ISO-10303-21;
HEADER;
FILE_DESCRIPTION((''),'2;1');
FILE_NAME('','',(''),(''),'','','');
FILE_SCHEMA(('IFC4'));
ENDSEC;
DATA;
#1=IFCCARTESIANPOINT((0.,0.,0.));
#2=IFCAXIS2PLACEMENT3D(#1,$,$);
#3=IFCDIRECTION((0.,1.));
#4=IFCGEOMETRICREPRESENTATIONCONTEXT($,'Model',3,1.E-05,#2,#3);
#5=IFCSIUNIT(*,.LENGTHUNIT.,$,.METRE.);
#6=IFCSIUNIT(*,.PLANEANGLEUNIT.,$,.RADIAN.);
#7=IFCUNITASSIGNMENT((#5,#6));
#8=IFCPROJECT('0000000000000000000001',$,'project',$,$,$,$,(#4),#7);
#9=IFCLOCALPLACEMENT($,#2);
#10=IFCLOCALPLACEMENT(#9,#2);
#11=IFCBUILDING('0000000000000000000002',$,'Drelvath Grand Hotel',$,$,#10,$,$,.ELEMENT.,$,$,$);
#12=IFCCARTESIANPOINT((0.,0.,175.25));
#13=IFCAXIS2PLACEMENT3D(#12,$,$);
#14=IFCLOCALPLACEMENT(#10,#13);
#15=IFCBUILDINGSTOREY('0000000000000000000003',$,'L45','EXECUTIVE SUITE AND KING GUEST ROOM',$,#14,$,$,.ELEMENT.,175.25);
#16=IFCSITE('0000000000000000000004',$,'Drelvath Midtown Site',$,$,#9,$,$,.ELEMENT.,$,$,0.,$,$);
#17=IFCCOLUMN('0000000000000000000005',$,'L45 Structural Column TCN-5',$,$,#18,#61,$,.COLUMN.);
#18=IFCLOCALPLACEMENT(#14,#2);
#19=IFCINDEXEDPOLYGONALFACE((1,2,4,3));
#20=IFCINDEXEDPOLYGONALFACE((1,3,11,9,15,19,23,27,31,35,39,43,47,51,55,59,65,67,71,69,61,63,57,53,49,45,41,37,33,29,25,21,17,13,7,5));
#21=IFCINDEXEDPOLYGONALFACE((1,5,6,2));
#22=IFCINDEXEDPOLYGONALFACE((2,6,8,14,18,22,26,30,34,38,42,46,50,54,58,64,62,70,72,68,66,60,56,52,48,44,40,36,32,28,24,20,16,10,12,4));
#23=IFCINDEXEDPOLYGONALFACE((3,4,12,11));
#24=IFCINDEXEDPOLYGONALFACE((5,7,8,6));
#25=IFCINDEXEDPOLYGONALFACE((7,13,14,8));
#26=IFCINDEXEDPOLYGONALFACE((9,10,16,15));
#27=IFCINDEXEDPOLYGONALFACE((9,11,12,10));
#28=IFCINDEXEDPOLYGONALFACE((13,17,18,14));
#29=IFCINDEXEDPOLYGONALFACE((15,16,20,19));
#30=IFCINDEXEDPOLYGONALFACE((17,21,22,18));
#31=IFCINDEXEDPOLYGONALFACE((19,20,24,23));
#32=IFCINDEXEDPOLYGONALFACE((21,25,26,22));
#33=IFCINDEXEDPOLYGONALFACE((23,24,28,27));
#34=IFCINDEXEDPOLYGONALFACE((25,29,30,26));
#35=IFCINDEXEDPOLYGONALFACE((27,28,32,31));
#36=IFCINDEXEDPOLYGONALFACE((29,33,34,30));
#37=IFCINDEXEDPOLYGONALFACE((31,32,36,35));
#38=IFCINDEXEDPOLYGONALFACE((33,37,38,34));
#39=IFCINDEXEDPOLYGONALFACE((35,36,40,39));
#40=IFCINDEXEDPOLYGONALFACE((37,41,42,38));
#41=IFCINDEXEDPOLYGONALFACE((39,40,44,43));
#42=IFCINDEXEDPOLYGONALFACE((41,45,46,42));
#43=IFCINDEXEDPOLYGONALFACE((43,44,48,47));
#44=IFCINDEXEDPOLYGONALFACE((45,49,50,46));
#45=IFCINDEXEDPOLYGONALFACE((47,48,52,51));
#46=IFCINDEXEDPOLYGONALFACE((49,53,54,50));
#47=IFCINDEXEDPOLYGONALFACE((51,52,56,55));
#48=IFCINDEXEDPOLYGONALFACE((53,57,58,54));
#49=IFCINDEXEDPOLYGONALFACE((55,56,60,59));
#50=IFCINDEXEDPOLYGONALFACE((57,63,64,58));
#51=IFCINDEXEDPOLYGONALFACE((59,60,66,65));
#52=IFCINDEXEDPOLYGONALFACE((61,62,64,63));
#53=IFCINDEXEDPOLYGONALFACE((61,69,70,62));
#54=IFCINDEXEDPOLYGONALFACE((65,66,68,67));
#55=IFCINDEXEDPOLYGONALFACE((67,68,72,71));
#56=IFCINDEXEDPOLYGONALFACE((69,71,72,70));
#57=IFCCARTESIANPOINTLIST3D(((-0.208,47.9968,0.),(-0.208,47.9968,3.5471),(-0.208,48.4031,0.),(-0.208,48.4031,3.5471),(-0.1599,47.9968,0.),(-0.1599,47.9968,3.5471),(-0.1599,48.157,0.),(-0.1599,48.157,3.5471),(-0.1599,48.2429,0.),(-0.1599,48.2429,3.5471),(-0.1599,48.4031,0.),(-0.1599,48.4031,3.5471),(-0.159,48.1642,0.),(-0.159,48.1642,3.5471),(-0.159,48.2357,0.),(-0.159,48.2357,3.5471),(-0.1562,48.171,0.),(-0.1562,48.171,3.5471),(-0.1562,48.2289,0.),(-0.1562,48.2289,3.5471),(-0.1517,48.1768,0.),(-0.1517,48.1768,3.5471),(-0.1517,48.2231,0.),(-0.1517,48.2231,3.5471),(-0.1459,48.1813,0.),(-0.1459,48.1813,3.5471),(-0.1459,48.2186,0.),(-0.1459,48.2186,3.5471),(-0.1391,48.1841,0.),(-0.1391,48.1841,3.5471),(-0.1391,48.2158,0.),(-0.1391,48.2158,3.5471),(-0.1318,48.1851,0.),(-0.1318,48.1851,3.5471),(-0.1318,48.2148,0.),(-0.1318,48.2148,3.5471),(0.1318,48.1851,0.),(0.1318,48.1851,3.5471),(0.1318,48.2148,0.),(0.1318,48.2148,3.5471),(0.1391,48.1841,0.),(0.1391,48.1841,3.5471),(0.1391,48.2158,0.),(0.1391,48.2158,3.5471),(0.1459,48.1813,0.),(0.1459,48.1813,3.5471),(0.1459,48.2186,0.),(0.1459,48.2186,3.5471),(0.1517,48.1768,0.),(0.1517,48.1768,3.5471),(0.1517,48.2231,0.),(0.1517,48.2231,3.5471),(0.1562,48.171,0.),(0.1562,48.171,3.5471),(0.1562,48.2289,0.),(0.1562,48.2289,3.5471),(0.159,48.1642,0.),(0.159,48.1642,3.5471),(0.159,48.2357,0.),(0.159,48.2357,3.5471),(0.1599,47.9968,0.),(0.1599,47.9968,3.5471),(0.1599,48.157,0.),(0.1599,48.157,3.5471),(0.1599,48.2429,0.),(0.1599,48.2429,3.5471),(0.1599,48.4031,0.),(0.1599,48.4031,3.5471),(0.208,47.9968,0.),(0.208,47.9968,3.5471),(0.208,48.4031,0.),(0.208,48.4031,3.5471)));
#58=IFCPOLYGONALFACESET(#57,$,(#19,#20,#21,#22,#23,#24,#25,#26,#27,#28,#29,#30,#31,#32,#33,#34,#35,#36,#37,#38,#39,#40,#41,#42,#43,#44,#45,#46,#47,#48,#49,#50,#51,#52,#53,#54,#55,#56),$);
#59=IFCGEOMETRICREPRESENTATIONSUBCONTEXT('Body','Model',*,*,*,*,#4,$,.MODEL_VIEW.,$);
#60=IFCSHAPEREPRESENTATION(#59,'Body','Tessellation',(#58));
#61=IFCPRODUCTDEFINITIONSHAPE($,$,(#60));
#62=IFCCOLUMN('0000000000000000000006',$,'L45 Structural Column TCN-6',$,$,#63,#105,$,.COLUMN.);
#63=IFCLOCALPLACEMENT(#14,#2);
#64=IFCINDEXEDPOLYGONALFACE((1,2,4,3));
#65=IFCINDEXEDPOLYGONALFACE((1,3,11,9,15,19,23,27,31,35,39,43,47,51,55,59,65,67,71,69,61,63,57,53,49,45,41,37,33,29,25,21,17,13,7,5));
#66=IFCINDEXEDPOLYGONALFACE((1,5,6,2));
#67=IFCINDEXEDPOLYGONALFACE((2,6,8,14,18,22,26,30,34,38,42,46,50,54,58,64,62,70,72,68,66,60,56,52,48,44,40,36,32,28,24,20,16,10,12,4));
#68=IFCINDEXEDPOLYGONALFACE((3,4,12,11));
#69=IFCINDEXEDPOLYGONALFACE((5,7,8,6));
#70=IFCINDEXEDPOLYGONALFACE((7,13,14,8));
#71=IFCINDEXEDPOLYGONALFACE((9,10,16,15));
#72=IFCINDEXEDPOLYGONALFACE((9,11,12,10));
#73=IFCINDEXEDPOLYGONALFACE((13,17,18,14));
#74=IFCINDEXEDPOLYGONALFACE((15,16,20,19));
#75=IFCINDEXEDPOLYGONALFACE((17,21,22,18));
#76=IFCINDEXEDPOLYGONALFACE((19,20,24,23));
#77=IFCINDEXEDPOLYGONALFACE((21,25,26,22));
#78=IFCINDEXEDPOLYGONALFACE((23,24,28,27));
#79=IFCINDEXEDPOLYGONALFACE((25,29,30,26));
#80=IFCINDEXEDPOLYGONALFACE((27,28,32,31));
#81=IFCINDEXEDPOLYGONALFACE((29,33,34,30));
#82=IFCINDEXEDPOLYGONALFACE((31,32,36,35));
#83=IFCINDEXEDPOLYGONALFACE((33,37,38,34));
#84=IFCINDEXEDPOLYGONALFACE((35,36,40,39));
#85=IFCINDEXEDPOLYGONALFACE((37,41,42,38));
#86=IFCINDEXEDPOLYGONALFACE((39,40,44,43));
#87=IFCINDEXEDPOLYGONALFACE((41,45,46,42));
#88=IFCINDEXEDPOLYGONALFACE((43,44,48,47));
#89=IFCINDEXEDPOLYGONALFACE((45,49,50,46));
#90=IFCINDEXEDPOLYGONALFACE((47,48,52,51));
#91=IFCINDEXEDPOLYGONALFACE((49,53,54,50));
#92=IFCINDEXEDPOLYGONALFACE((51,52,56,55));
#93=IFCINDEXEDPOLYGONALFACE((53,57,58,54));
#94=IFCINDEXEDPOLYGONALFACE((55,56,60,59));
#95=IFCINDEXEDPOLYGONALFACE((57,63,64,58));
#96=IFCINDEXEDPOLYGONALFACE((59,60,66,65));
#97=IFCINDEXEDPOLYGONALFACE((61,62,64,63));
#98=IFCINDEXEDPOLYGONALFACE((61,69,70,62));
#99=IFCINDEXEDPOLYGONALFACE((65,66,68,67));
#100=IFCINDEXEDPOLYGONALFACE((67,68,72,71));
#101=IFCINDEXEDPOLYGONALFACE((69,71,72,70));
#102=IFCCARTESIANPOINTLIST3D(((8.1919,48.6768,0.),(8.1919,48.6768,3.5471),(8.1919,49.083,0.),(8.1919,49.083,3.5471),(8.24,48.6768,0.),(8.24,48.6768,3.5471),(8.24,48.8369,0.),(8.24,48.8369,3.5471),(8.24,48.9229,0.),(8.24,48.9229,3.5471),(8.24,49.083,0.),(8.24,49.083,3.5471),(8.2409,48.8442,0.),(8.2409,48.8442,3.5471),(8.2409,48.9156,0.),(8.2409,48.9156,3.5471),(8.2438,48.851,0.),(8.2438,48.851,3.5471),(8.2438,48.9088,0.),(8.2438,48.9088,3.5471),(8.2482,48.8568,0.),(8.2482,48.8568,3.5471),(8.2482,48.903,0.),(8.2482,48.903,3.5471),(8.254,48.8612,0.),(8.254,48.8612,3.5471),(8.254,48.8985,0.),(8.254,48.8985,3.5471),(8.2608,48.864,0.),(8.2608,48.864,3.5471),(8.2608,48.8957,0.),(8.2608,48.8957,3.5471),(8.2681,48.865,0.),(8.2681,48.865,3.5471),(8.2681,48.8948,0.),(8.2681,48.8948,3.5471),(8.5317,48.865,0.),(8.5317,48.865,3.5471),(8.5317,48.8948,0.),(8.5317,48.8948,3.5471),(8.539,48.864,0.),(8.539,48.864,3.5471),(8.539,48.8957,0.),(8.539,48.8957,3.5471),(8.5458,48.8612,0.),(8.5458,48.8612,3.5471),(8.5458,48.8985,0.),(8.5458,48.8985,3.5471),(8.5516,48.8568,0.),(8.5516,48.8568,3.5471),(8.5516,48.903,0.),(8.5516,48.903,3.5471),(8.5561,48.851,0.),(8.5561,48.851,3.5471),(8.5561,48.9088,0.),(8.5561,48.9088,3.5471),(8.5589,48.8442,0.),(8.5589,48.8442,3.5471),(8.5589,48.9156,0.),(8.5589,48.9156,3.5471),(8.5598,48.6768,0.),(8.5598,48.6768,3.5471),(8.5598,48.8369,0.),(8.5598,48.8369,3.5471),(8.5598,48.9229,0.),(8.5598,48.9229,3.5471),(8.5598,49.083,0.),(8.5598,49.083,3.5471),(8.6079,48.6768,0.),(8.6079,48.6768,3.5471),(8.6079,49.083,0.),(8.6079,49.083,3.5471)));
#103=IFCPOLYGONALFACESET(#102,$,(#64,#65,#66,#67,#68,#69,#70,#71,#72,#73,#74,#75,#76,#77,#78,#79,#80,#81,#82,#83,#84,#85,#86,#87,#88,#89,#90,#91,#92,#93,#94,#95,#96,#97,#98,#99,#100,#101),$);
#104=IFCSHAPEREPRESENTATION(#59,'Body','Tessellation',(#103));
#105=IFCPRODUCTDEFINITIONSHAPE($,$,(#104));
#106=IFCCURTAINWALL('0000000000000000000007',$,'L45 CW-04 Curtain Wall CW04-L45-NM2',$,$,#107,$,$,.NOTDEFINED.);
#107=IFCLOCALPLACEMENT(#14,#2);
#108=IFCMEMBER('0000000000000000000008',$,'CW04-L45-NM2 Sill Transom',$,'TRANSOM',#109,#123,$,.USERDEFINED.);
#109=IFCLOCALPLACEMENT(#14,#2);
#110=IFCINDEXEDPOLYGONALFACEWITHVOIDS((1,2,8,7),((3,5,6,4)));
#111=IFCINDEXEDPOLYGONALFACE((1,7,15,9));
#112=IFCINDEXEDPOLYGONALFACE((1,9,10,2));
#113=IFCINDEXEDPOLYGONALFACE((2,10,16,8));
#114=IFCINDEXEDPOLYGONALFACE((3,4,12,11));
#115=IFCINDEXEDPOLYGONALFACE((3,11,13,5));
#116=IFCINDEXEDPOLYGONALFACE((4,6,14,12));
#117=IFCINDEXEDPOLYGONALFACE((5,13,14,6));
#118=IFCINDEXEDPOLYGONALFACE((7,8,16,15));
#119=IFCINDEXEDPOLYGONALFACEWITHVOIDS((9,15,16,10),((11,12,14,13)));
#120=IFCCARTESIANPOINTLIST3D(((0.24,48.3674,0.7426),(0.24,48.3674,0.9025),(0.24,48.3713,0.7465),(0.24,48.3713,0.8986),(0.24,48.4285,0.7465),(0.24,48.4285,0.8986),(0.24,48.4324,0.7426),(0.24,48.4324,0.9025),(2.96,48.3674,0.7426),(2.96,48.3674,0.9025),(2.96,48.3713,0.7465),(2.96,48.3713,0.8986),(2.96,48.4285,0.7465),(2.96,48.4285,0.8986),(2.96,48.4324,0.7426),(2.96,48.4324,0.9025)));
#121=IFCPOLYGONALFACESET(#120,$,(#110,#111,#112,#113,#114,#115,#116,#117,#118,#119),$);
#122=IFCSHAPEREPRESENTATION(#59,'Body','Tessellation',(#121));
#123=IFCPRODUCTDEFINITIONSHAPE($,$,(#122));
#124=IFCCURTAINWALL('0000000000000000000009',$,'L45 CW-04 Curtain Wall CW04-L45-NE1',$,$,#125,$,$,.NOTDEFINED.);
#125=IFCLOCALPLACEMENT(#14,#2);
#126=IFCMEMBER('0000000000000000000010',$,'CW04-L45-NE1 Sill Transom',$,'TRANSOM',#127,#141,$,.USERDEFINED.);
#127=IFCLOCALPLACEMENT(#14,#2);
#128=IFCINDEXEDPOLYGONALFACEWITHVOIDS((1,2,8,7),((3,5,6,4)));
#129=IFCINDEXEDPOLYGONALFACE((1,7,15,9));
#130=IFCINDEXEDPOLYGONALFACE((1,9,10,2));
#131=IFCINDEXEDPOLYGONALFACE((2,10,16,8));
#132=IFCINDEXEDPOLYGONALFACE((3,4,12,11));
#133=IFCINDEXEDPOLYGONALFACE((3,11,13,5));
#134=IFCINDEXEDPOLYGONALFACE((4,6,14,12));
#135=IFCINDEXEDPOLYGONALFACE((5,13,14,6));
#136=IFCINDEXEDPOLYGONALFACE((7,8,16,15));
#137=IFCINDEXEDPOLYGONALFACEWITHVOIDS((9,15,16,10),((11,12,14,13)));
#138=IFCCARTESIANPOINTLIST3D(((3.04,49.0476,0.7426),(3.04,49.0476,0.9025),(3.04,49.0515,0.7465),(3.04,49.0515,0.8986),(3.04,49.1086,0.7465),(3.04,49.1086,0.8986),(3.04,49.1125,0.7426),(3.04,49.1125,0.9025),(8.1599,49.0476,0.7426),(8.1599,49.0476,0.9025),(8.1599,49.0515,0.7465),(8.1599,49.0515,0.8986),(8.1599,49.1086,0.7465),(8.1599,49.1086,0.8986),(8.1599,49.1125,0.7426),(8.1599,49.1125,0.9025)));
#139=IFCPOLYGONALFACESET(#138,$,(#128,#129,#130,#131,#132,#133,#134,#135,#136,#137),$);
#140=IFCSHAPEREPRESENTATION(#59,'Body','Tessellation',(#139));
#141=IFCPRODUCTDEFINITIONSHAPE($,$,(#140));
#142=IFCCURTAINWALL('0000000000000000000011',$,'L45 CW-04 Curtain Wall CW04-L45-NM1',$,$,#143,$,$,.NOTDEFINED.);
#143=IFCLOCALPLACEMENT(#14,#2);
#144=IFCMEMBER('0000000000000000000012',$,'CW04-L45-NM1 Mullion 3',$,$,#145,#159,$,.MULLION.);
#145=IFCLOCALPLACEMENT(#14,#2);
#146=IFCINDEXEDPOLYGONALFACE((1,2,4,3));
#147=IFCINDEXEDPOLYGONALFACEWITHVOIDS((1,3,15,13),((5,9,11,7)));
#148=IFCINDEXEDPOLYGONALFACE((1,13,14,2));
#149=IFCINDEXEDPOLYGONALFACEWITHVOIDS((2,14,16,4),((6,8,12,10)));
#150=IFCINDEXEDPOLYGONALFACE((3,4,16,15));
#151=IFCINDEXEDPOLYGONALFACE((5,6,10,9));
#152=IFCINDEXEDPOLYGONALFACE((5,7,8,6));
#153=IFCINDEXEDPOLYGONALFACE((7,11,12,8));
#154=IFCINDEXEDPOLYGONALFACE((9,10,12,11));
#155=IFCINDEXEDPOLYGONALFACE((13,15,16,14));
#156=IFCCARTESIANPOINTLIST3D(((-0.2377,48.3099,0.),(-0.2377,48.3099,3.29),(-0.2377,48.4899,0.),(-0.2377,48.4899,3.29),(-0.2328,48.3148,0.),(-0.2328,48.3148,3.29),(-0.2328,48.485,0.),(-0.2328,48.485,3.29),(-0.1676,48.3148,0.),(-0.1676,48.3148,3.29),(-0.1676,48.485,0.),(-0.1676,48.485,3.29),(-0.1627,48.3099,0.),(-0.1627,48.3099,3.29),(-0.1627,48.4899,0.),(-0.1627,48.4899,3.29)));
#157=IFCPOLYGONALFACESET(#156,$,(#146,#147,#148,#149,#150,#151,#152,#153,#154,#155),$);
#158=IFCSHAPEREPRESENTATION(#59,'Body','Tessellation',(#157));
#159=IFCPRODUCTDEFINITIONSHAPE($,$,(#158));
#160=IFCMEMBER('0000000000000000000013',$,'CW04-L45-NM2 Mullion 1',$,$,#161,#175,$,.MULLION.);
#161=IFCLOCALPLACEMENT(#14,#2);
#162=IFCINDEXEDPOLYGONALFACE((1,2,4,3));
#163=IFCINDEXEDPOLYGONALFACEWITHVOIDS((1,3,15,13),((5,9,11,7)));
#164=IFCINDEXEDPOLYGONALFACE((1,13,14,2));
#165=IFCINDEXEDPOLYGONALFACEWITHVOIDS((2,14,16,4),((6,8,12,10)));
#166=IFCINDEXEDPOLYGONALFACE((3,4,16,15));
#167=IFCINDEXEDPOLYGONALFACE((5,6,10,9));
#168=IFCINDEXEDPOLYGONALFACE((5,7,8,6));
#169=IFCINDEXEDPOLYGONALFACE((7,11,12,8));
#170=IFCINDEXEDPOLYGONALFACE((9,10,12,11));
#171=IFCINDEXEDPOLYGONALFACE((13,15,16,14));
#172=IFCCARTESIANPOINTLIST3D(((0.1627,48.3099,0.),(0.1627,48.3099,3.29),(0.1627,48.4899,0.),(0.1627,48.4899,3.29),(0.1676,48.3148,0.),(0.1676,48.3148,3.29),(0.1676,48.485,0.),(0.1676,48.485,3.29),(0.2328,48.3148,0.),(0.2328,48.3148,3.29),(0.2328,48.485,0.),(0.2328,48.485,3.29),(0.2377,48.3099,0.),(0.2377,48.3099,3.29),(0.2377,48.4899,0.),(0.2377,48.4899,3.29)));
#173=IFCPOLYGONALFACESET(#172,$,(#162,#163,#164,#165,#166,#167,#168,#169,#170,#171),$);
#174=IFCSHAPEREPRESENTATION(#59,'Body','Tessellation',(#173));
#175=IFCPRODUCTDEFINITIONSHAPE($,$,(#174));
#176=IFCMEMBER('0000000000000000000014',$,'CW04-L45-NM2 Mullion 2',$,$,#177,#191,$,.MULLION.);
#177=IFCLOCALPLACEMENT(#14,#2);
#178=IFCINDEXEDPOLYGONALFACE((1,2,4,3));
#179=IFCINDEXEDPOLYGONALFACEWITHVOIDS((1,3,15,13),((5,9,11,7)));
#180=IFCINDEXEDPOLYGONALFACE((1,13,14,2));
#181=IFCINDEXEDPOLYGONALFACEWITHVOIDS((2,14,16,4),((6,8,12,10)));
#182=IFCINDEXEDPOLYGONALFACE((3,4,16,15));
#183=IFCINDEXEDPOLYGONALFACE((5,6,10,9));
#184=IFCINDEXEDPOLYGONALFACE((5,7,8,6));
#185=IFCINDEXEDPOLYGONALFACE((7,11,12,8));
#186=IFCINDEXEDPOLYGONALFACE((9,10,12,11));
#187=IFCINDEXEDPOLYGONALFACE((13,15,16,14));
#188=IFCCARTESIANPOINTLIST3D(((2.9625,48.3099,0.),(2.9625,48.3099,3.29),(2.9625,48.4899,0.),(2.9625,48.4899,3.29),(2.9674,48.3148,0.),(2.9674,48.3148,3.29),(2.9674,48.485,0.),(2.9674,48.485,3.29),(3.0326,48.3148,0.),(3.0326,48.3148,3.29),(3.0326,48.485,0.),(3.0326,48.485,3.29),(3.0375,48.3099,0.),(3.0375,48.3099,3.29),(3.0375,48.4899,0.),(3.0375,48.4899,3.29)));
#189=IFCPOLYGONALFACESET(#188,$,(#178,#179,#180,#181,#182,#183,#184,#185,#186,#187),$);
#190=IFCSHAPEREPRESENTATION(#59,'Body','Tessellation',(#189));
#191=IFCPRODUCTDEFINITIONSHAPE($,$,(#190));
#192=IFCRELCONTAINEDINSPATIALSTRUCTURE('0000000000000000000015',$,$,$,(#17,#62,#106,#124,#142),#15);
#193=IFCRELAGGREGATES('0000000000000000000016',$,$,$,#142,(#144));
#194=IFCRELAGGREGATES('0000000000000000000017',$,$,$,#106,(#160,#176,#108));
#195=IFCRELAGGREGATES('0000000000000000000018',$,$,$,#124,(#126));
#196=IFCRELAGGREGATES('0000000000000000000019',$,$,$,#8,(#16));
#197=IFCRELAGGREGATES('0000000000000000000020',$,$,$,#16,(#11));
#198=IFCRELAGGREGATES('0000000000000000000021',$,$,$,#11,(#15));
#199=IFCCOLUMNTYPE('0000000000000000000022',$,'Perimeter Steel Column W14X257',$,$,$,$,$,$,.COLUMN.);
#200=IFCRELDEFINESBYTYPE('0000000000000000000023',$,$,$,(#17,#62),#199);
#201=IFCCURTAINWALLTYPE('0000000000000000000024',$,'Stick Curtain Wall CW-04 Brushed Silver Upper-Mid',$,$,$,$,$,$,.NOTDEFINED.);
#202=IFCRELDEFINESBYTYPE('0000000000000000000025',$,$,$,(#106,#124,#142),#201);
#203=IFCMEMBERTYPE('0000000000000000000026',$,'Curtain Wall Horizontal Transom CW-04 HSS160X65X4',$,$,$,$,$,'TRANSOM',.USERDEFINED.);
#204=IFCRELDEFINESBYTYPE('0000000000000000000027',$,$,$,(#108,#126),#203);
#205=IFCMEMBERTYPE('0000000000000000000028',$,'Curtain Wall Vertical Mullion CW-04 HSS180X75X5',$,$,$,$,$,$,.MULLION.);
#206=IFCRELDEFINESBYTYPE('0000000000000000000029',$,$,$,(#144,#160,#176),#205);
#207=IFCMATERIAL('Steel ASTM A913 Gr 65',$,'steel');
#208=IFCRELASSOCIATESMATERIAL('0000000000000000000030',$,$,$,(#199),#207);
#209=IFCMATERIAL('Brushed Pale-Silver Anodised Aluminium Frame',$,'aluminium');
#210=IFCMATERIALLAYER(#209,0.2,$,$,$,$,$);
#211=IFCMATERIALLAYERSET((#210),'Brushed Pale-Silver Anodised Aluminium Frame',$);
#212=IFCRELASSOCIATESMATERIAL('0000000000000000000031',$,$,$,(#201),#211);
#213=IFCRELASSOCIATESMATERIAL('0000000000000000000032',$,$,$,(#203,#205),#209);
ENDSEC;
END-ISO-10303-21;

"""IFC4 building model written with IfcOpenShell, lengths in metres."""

from ifc_helpers import new_model, si_unit, direction, frame, origin, origin_2d, place, context, subcontext, project, spatial, hollow_rectangle, i_section, extrude, material, layer, layer_set, material_profile, profile_set, type_object, element, aggregate, save


model = new_model("IFC4")

# Units and contexts
model_context = context("Model", 3, precision=1e-05, world=origin(), true_north=direction((0.0, 1.0)))
body_context = subcontext(model_context, "Body", "Model", "MODEL_VIEW")
ifc_project = project(units=[si_unit("LENGTHUNIT", "METRE"), si_unit("PLANEANGLEUNIT", "RADIAN")], contexts=[model_context])

# Site, building, storey
site_placement = place(None, origin())
site = spatial("IfcSite", under=ifc_project, at=site_placement, Name="Drelvath Midtown Site", CompositionType="ELEMENT", RefElevation=0.0)
building_placement = place(site_placement, origin())
building = spatial("IfcBuilding", under=site, at=building_placement, Name="Drelvath Grand Hotel", CompositionType="ELEMENT")
storey_placement = place(building_placement, frame((0.0, 0.0, 175.25)))
storey = spatial("IfcBuildingStorey", under=building, at=storey_placement, Name="L45", Description="EXECUTIVE SUITE AND KING GUEST ROOM", CompositionType="ELEMENT", Elevation=175.25)

# Columns
ifc_material_1 = material(Name="Steel ASTM A913 Gr 65", Category="steel")
ifc_material_profile_1 = material_profile(ifc_material_1, i_section(OverallWidth=0.4062, OverallDepth=0.416, WebThickness=0.0298, FlangeThickness=0.0481, FilletRadius=0.0281, at=origin_2d()), Name="W14X257")
ifc_profile_set_1 = profile_set([ifc_material_profile_1], Name="Steel ASTM A913 Gr 65")
column_type = type_object("IfcColumnType", Name="Perimeter Steel Column W14X257", PredefinedType="COLUMN", material=ifc_profile_set_1)
for number, where, z_axis, x_axis, name in (
    (1, (0.0, 48.2, 0.0), (0.0, 0.0, 1.0), (0.0, 1.0, 0.0), "L45 Structural Column TCN-5"),
    (2, (8.3999, 48.8799, 0.0), (0.0, 0.0, 1.0), (0.0, 1.0, 0.0), "L45 Structural Column TCN-6"),
):
    element("IfcColumn", number, at=place(storey_placement, frame(where, z_axis=z_axis, x_axis=x_axis)), inside=storey, type_object=column_type, Name=name, PredefinedType="COLUMN", context=body_context, shape_type="SweptSolid", body=[
        extrude(i_section(OverallWidth=0.4062, OverallDepth=0.416, WebThickness=0.0298, FlangeThickness=0.0481, FilletRadius=0.0281, at=origin_2d()), origin(), (0.0, 0.0, 1.0), 3.5471),
    ])

# Curtain walls, members
ifc_material_2 = material(Name="Brushed Pale-Silver Anodised Aluminium Frame", Category="aluminium")
ifc_layer_1 = layer(ifc_material_2, 0.2)
ifc_layer_set_1 = layer_set([ifc_layer_1], Name="Brushed Pale-Silver Anodised Aluminium Frame")
curtain_wall_type = type_object("IfcCurtainWallType", Name="Stick Curtain Wall CW-04 Brushed Silver Upper-Mid", PredefinedType="NOTDEFINED", material=ifc_layer_set_1)
curtain_wall_1_placement = place(storey_placement, origin())
curtain_wall_1 = element("IfcCurtainWall", 3, at=curtain_wall_1_placement, inside=storey, type_object=curtain_wall_type, Name="L45 CW-04 Curtain Wall CW04-L45-NM2", PredefinedType="NOTDEFINED")
ifc_material_profile_2 = material_profile(ifc_material_2, hollow_rectangle(XDim=0.0649, YDim=0.1599, WallThickness=0.0039, at=origin_2d()), Name="HSS160X65X4")
ifc_profile_set_2 = profile_set([ifc_material_profile_2], Name="Brushed Pale-Silver Anodised Aluminium Frame")
member_type_1 = type_object("IfcMemberType", Name="Curtain Wall Horizontal Transom CW-04 HSS160X65X4", ElementType="TRANSOM", PredefinedType="USERDEFINED", material=ifc_profile_set_2)
member_1_placement = place(storey_placement, frame((0.24, 48.3999, 0.8225), z_axis=(1.0, 0.0, 0.0), x_axis=(0.0, 1.0, 0.0)))
member_1 = element("IfcMember", 4, at=member_1_placement, type_object=member_type_1, Name="CW04-L45-NM2 Sill Transom", ObjectType="TRANSOM", PredefinedType="USERDEFINED", context=body_context, shape_type="SweptSolid", body=[
    extrude(hollow_rectangle(XDim=0.0649, YDim=0.1599, WallThickness=0.0039, at=origin_2d()), origin(), (0.0, 0.0, 1.0), 2.72),
])
curtain_wall_2_placement = place(storey_placement, origin())
curtain_wall_2 = element("IfcCurtainWall", 5, at=curtain_wall_2_placement, inside=storey, type_object=curtain_wall_type, Name="L45 CW-04 Curtain Wall CW04-L45-NE1", PredefinedType="NOTDEFINED")
member_2_placement = place(storey_placement, frame((3.04, 49.0801, 0.8225), z_axis=(1.0, 0.0, 0.0), x_axis=(0.0, 1.0, 0.0)))
member_2 = element("IfcMember", 6, at=member_2_placement, type_object=member_type_1, Name="CW04-L45-NE1 Sill Transom", ObjectType="TRANSOM", PredefinedType="USERDEFINED", context=body_context, shape_type="SweptSolid", body=[
    extrude(hollow_rectangle(XDim=0.0649, YDim=0.1599, WallThickness=0.0039, at=origin_2d()), origin(), (0.0, 0.0, 1.0), 5.1199),
])
curtain_wall_3_placement = place(storey_placement, origin())
curtain_wall_3 = element("IfcCurtainWall", 7, at=curtain_wall_3_placement, inside=storey, type_object=curtain_wall_type, Name="L45 CW-04 Curtain Wall CW04-L45-NM1", PredefinedType="NOTDEFINED")
ifc_material_profile_3 = material_profile(ifc_material_2, hollow_rectangle(XDim=0.075, YDim=0.1799, WallThickness=0.0049, at=origin_2d()), Name="HSS180X75X5")
ifc_profile_set_3 = profile_set([ifc_material_profile_3], Name="Brushed Pale-Silver Anodised Aluminium Frame")
member_type_2 = type_object("IfcMemberType", Name="Curtain Wall Vertical Mullion CW-04 HSS180X75X5", PredefinedType="MULLION", material=ifc_profile_set_3)
member_3_placement = place(storey_placement, frame((-0.2002, 48.3999, 0.0), z_axis=(0.0, 0.0, 1.0), x_axis=(1.0, 0.0, 0.0)))
member_3 = element("IfcMember", 8, at=member_3_placement, type_object=member_type_2, Name="CW04-L45-NM1 Mullion 3", PredefinedType="MULLION", context=body_context, shape_type="SweptSolid", body=[
    extrude(hollow_rectangle(XDim=0.075, YDim=0.1799, WallThickness=0.0049, at=origin_2d()), origin(), (0.0, 0.0, 1.0), 3.29),
])
aggregate(curtain_wall_3, [member_3])

# Members
member_4_placement = place(storey_placement, frame((0.2002, 48.3999, 0.0), z_axis=(0.0, 0.0, 1.0), x_axis=(1.0, 0.0, 0.0)))
member_4 = element("IfcMember", 9, at=member_4_placement, type_object=member_type_2, Name="CW04-L45-NM2 Mullion 1", PredefinedType="MULLION", context=body_context, shape_type="SweptSolid", body=[
    extrude(hollow_rectangle(XDim=0.075, YDim=0.1799, WallThickness=0.0049, at=origin_2d()), origin(), (0.0, 0.0, 1.0), 3.29),
])
member_5_placement = place(storey_placement, frame((3.0, 48.3999, 0.0), z_axis=(0.0, 0.0, 1.0), x_axis=(1.0, 0.0, 0.0)))
member_5 = element("IfcMember", 10, at=member_5_placement, type_object=member_type_2, Name="CW04-L45-NM2 Mullion 2", PredefinedType="MULLION", context=body_context, shape_type="SweptSolid", body=[
    extrude(hollow_rectangle(XDim=0.075, YDim=0.1799, WallThickness=0.0049, at=origin_2d()), origin(), (0.0, 0.0, 1.0), 3.29),
])

aggregate(curtain_wall_1, [member_4, member_5, member_1])
aggregate(curtain_wall_2, [member_2])

save(model, "model.ifc")
